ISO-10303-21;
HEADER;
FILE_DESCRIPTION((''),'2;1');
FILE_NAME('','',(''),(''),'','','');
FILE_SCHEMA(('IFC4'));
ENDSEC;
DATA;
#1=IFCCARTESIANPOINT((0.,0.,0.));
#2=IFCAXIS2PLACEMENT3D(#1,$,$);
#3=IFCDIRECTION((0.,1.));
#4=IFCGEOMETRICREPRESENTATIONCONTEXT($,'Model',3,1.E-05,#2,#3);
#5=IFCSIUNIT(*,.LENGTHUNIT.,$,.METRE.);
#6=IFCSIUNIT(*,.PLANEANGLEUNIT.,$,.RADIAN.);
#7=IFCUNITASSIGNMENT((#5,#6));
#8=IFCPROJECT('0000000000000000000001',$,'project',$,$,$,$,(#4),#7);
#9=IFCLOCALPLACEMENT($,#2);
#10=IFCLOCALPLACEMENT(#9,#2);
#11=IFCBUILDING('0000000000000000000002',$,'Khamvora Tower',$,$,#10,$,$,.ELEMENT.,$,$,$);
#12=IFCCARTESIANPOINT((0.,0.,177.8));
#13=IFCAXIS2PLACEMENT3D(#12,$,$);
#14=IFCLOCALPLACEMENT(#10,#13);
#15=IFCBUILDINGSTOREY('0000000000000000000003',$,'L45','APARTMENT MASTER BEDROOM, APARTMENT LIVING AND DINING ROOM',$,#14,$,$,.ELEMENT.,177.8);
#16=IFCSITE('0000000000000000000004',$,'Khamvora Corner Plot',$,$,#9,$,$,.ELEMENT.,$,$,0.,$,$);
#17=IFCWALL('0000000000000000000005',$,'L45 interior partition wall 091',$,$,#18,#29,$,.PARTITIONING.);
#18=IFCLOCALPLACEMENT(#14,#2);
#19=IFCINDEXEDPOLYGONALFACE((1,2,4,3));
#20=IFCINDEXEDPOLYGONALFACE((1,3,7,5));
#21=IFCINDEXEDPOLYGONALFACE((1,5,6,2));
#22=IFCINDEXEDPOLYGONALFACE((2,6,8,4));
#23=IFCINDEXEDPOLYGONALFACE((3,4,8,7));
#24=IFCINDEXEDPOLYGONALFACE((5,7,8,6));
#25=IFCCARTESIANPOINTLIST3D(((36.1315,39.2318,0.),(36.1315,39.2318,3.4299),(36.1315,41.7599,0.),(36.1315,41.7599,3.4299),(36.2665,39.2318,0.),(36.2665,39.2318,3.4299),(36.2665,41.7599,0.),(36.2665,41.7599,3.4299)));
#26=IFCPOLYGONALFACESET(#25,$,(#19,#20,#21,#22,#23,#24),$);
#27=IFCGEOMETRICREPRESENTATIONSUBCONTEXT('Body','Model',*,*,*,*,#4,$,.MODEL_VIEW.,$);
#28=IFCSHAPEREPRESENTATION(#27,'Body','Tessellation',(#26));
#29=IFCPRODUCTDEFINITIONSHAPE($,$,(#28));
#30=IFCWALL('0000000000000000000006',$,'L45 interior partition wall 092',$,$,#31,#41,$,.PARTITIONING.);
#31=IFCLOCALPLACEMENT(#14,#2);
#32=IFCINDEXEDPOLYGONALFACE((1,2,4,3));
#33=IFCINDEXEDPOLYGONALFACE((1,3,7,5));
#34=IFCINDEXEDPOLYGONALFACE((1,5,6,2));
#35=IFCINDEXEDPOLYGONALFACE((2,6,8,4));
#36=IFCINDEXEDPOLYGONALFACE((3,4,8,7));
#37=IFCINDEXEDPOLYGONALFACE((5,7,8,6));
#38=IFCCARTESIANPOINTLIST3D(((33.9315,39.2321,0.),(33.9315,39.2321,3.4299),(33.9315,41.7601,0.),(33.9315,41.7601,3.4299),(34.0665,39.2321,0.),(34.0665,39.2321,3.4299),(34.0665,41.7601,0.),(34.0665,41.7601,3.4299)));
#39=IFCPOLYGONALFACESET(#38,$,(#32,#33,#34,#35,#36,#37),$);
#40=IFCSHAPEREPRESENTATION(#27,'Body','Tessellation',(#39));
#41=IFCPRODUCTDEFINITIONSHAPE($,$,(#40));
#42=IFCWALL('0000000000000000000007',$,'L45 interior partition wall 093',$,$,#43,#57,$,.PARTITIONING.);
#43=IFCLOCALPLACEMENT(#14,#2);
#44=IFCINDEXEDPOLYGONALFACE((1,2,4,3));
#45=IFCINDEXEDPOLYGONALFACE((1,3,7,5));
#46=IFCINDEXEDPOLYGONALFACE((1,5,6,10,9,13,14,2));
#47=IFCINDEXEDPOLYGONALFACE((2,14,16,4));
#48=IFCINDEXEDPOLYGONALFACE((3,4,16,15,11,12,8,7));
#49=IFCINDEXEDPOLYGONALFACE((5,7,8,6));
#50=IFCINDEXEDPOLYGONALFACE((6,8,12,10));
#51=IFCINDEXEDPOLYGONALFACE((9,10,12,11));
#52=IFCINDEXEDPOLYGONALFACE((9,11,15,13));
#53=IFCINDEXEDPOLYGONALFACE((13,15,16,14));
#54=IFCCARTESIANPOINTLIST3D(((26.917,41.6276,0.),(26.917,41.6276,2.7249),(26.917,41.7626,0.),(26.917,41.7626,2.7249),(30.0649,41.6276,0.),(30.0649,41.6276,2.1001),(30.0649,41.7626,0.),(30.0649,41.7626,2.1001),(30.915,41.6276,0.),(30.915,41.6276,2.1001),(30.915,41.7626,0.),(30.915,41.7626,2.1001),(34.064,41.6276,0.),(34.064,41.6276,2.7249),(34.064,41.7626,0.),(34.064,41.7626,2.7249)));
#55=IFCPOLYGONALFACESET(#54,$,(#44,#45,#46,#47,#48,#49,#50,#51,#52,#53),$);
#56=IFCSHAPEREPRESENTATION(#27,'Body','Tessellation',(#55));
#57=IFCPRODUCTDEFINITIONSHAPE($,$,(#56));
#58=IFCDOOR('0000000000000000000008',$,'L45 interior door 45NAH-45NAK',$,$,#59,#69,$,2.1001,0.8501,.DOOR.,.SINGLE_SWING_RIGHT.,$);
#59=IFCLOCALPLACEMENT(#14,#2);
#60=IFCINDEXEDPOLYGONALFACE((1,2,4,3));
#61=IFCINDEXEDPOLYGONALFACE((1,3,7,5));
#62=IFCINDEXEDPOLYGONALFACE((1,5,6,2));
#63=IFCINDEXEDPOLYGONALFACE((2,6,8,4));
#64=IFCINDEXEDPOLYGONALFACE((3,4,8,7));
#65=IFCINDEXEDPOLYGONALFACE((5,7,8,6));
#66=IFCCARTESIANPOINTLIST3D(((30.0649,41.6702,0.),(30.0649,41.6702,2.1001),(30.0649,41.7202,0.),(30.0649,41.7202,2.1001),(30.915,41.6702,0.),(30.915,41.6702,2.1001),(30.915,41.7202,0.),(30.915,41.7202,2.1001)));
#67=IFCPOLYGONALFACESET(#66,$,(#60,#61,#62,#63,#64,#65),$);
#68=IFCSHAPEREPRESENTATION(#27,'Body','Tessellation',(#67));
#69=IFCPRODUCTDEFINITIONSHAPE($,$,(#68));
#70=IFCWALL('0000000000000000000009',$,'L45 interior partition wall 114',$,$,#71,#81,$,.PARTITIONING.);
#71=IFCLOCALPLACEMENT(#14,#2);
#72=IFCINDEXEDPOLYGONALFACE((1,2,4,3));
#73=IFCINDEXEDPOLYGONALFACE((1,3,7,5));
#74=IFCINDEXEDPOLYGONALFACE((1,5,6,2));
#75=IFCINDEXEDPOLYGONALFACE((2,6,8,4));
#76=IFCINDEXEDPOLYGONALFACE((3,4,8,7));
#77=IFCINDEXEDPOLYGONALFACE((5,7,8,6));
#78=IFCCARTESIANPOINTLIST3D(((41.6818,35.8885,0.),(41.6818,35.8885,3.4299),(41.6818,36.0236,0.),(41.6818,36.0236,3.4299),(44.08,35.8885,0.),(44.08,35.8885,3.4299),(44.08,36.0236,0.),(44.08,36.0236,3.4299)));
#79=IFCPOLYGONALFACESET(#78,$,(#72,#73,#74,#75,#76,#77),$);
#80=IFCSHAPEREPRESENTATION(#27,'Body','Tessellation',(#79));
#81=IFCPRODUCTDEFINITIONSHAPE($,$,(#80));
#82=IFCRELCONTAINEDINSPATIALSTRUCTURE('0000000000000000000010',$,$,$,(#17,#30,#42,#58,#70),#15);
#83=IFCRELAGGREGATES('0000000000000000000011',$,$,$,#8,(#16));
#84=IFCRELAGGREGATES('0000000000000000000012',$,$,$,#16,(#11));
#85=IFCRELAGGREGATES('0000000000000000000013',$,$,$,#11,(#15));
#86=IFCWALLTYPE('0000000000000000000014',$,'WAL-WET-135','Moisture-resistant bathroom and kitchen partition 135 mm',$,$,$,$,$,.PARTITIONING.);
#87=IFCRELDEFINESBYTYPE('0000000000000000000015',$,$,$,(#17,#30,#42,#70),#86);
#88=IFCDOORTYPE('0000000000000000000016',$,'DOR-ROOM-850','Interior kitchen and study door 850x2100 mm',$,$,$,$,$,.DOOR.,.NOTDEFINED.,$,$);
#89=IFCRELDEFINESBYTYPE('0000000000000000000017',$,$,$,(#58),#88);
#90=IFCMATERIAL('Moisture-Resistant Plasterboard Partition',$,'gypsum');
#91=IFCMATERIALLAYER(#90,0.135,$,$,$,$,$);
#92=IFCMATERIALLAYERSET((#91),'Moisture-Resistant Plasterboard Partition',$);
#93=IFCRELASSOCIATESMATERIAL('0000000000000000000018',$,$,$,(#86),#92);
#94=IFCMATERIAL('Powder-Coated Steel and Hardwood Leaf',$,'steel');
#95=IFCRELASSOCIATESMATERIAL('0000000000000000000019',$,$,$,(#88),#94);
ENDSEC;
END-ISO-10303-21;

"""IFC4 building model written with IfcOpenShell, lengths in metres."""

from ifc_helpers import new_model, si_unit, direction, frame, frame_2d, origin, place, context, subcontext, project, spatial, rectangle, extrude, material, layer, layer_set, type_object, element, fill, save


model = new_model("IFC4")

# Units and contexts
model_context = context("Model", 3, precision=1e-05, world=origin(), true_north=direction((0.0, 1.0)))
body_context = subcontext(model_context, "Body", "Model", "MODEL_VIEW")
ifc_project = project(units=[si_unit("LENGTHUNIT", "METRE"), si_unit("PLANEANGLEUNIT", "RADIAN")], contexts=[model_context])

# Site, building, storey
site_placement = place(None, origin())
site = spatial("IfcSite", under=ifc_project, at=site_placement, Name="Khamvora Corner Plot", CompositionType="ELEMENT", RefElevation=0.0)
building_placement = place(site_placement, origin())
building = spatial("IfcBuilding", under=site, at=building_placement, Name="Khamvora Tower", CompositionType="ELEMENT")
storey_placement = place(building_placement, frame((0.0, 0.0, 177.8)))
storey = spatial("IfcBuildingStorey", under=building, at=storey_placement, Name="L45", Description="APARTMENT MASTER BEDROOM, APARTMENT LIVING AND DINING ROOM", CompositionType="ELEMENT", Elevation=177.8)

# Shared definitions
ifc_material_1 = material(Name="Powder-Coated Steel and Hardwood Leaf", Category="steel")

# Shared definitions
ifc_material_2 = material(Name="Moisture-Resistant Plasterboard Partition", Category="gypsum")
ifc_layer_1 = layer(ifc_material_2, 0.135)
ifc_layer_set_1 = layer_set([ifc_layer_1], Name="Moisture-Resistant Plasterboard Partition")
wall_type_1 = type_object("IfcWallType", Name="WAL-WET-135", Description="Moisture-resistant bathroom and kitchen partition 135 mm", PredefinedType="PARTITIONING", material=ifc_layer_set_1)

# Walls
for number, where, z_axis, x_axis, name in (
    (1, (36.199, 41.76, 0.0), (0.0, 0.0, 1.0), (0.0, -1.0, 0.0), "L45 interior partition wall 091"),
    (2, (33.999, 39.2319, 0.0), (0.0, 0.0, 1.0), (0.0, 1.0, 0.0), "L45 interior partition wall 092"),
):
    element("IfcWall", number, at=place(storey_placement, frame(where, z_axis=z_axis, x_axis=x_axis)), inside=storey, type_object=wall_type_1, Name=name, PredefinedType="PARTITIONING", context=body_context, shape_type="SweptSolid", body=[
        extrude(rectangle(XDim=2.5281, YDim=0.135, at=frame_2d((1.2642, 0.0))), origin(), (0.0, 0.0, 1.0), 3.4299),
    ])

# Wall, opening, door
wall_1_placement = place(storey_placement, frame((34.064, 41.6951, 0.0), z_axis=(0.0, 0.0, 1.0), x_axis=(-1.0, 0.0, 0.0)))
wall_1 = element("IfcWall", 3, at=wall_1_placement, inside=storey, type_object=wall_type_1, Name="L45 interior partition wall 093", PredefinedType="PARTITIONING", context=body_context, shape_type="SweptSolid", body=[
    extrude(rectangle(XDim=7.147, YDim=0.135, at=frame_2d((3.5735, 0.0))), origin(), (0.0, 0.0, 1.0), 2.7249),
])
opening_1_placement = place(wall_1_placement, frame((3.1489, 0.0, 0.0)))
opening_1 = element("IfcOpeningElement", 4, at=opening_1_placement, cuts=wall_1, PredefinedType="OPENING", context=body_context, shape_type="SweptSolid", body=[
    extrude(rectangle(XDim=0.8501, YDim=2.1001, at=frame_2d((0.425, 1.05))), frame((0.0, 0.0774, 0.0), z_axis=(0.0, -1.0, 0.0), x_axis=(1.0, 0.0, 0.0)), (0.0, 0.0, 1.0), 0.155),
])
door_type_1 = type_object("IfcDoorType", Name="DOR-ROOM-850", Description="Interior kitchen and study door 850x2100 mm", OperationType="NOTDEFINED", PredefinedType="DOOR", material=ifc_material_1)
door_1_placement = place(opening_1_placement, origin())
door_1 = element("IfcDoor", 5, at=door_1_placement, inside=storey, type_object=door_type_1, Name="L45 interior door 45NAH-45NAK", OperationType="SINGLE_SWING_RIGHT", OverallHeight=2.1001, OverallWidth=0.8501, PredefinedType="DOOR", context=body_context, shape_type="SweptSolid", body=[
    extrude(rectangle(XDim=0.8501, YDim=2.1001, at=frame_2d((0.425, 1.05))), frame((0.0, 0.0249, 0.0), z_axis=(0.0, -1.0, 0.0), x_axis=(1.0, 0.0, 0.0)), (0.0, 0.0, 1.0), 0.05),
])
fill(opening_1, door_1)

# Wall
wall_2_placement = place(storey_placement, frame((44.0801, 35.9561, 0.0), z_axis=(0.0, 0.0, 1.0), x_axis=(-1.0, 0.0, 0.0)))
element("IfcWall", 6, at=wall_2_placement, inside=storey, type_object=wall_type_1, Name="L45 interior partition wall 114", PredefinedType="PARTITIONING", context=body_context, shape_type="SweptSolid", body=[
    extrude(rectangle(XDim=2.3982, YDim=0.135, at=frame_2d((1.1992, 0.0))), origin(), (0.0, 0.0, 1.0), 3.4299),
])

save(model, "model.ifc")
